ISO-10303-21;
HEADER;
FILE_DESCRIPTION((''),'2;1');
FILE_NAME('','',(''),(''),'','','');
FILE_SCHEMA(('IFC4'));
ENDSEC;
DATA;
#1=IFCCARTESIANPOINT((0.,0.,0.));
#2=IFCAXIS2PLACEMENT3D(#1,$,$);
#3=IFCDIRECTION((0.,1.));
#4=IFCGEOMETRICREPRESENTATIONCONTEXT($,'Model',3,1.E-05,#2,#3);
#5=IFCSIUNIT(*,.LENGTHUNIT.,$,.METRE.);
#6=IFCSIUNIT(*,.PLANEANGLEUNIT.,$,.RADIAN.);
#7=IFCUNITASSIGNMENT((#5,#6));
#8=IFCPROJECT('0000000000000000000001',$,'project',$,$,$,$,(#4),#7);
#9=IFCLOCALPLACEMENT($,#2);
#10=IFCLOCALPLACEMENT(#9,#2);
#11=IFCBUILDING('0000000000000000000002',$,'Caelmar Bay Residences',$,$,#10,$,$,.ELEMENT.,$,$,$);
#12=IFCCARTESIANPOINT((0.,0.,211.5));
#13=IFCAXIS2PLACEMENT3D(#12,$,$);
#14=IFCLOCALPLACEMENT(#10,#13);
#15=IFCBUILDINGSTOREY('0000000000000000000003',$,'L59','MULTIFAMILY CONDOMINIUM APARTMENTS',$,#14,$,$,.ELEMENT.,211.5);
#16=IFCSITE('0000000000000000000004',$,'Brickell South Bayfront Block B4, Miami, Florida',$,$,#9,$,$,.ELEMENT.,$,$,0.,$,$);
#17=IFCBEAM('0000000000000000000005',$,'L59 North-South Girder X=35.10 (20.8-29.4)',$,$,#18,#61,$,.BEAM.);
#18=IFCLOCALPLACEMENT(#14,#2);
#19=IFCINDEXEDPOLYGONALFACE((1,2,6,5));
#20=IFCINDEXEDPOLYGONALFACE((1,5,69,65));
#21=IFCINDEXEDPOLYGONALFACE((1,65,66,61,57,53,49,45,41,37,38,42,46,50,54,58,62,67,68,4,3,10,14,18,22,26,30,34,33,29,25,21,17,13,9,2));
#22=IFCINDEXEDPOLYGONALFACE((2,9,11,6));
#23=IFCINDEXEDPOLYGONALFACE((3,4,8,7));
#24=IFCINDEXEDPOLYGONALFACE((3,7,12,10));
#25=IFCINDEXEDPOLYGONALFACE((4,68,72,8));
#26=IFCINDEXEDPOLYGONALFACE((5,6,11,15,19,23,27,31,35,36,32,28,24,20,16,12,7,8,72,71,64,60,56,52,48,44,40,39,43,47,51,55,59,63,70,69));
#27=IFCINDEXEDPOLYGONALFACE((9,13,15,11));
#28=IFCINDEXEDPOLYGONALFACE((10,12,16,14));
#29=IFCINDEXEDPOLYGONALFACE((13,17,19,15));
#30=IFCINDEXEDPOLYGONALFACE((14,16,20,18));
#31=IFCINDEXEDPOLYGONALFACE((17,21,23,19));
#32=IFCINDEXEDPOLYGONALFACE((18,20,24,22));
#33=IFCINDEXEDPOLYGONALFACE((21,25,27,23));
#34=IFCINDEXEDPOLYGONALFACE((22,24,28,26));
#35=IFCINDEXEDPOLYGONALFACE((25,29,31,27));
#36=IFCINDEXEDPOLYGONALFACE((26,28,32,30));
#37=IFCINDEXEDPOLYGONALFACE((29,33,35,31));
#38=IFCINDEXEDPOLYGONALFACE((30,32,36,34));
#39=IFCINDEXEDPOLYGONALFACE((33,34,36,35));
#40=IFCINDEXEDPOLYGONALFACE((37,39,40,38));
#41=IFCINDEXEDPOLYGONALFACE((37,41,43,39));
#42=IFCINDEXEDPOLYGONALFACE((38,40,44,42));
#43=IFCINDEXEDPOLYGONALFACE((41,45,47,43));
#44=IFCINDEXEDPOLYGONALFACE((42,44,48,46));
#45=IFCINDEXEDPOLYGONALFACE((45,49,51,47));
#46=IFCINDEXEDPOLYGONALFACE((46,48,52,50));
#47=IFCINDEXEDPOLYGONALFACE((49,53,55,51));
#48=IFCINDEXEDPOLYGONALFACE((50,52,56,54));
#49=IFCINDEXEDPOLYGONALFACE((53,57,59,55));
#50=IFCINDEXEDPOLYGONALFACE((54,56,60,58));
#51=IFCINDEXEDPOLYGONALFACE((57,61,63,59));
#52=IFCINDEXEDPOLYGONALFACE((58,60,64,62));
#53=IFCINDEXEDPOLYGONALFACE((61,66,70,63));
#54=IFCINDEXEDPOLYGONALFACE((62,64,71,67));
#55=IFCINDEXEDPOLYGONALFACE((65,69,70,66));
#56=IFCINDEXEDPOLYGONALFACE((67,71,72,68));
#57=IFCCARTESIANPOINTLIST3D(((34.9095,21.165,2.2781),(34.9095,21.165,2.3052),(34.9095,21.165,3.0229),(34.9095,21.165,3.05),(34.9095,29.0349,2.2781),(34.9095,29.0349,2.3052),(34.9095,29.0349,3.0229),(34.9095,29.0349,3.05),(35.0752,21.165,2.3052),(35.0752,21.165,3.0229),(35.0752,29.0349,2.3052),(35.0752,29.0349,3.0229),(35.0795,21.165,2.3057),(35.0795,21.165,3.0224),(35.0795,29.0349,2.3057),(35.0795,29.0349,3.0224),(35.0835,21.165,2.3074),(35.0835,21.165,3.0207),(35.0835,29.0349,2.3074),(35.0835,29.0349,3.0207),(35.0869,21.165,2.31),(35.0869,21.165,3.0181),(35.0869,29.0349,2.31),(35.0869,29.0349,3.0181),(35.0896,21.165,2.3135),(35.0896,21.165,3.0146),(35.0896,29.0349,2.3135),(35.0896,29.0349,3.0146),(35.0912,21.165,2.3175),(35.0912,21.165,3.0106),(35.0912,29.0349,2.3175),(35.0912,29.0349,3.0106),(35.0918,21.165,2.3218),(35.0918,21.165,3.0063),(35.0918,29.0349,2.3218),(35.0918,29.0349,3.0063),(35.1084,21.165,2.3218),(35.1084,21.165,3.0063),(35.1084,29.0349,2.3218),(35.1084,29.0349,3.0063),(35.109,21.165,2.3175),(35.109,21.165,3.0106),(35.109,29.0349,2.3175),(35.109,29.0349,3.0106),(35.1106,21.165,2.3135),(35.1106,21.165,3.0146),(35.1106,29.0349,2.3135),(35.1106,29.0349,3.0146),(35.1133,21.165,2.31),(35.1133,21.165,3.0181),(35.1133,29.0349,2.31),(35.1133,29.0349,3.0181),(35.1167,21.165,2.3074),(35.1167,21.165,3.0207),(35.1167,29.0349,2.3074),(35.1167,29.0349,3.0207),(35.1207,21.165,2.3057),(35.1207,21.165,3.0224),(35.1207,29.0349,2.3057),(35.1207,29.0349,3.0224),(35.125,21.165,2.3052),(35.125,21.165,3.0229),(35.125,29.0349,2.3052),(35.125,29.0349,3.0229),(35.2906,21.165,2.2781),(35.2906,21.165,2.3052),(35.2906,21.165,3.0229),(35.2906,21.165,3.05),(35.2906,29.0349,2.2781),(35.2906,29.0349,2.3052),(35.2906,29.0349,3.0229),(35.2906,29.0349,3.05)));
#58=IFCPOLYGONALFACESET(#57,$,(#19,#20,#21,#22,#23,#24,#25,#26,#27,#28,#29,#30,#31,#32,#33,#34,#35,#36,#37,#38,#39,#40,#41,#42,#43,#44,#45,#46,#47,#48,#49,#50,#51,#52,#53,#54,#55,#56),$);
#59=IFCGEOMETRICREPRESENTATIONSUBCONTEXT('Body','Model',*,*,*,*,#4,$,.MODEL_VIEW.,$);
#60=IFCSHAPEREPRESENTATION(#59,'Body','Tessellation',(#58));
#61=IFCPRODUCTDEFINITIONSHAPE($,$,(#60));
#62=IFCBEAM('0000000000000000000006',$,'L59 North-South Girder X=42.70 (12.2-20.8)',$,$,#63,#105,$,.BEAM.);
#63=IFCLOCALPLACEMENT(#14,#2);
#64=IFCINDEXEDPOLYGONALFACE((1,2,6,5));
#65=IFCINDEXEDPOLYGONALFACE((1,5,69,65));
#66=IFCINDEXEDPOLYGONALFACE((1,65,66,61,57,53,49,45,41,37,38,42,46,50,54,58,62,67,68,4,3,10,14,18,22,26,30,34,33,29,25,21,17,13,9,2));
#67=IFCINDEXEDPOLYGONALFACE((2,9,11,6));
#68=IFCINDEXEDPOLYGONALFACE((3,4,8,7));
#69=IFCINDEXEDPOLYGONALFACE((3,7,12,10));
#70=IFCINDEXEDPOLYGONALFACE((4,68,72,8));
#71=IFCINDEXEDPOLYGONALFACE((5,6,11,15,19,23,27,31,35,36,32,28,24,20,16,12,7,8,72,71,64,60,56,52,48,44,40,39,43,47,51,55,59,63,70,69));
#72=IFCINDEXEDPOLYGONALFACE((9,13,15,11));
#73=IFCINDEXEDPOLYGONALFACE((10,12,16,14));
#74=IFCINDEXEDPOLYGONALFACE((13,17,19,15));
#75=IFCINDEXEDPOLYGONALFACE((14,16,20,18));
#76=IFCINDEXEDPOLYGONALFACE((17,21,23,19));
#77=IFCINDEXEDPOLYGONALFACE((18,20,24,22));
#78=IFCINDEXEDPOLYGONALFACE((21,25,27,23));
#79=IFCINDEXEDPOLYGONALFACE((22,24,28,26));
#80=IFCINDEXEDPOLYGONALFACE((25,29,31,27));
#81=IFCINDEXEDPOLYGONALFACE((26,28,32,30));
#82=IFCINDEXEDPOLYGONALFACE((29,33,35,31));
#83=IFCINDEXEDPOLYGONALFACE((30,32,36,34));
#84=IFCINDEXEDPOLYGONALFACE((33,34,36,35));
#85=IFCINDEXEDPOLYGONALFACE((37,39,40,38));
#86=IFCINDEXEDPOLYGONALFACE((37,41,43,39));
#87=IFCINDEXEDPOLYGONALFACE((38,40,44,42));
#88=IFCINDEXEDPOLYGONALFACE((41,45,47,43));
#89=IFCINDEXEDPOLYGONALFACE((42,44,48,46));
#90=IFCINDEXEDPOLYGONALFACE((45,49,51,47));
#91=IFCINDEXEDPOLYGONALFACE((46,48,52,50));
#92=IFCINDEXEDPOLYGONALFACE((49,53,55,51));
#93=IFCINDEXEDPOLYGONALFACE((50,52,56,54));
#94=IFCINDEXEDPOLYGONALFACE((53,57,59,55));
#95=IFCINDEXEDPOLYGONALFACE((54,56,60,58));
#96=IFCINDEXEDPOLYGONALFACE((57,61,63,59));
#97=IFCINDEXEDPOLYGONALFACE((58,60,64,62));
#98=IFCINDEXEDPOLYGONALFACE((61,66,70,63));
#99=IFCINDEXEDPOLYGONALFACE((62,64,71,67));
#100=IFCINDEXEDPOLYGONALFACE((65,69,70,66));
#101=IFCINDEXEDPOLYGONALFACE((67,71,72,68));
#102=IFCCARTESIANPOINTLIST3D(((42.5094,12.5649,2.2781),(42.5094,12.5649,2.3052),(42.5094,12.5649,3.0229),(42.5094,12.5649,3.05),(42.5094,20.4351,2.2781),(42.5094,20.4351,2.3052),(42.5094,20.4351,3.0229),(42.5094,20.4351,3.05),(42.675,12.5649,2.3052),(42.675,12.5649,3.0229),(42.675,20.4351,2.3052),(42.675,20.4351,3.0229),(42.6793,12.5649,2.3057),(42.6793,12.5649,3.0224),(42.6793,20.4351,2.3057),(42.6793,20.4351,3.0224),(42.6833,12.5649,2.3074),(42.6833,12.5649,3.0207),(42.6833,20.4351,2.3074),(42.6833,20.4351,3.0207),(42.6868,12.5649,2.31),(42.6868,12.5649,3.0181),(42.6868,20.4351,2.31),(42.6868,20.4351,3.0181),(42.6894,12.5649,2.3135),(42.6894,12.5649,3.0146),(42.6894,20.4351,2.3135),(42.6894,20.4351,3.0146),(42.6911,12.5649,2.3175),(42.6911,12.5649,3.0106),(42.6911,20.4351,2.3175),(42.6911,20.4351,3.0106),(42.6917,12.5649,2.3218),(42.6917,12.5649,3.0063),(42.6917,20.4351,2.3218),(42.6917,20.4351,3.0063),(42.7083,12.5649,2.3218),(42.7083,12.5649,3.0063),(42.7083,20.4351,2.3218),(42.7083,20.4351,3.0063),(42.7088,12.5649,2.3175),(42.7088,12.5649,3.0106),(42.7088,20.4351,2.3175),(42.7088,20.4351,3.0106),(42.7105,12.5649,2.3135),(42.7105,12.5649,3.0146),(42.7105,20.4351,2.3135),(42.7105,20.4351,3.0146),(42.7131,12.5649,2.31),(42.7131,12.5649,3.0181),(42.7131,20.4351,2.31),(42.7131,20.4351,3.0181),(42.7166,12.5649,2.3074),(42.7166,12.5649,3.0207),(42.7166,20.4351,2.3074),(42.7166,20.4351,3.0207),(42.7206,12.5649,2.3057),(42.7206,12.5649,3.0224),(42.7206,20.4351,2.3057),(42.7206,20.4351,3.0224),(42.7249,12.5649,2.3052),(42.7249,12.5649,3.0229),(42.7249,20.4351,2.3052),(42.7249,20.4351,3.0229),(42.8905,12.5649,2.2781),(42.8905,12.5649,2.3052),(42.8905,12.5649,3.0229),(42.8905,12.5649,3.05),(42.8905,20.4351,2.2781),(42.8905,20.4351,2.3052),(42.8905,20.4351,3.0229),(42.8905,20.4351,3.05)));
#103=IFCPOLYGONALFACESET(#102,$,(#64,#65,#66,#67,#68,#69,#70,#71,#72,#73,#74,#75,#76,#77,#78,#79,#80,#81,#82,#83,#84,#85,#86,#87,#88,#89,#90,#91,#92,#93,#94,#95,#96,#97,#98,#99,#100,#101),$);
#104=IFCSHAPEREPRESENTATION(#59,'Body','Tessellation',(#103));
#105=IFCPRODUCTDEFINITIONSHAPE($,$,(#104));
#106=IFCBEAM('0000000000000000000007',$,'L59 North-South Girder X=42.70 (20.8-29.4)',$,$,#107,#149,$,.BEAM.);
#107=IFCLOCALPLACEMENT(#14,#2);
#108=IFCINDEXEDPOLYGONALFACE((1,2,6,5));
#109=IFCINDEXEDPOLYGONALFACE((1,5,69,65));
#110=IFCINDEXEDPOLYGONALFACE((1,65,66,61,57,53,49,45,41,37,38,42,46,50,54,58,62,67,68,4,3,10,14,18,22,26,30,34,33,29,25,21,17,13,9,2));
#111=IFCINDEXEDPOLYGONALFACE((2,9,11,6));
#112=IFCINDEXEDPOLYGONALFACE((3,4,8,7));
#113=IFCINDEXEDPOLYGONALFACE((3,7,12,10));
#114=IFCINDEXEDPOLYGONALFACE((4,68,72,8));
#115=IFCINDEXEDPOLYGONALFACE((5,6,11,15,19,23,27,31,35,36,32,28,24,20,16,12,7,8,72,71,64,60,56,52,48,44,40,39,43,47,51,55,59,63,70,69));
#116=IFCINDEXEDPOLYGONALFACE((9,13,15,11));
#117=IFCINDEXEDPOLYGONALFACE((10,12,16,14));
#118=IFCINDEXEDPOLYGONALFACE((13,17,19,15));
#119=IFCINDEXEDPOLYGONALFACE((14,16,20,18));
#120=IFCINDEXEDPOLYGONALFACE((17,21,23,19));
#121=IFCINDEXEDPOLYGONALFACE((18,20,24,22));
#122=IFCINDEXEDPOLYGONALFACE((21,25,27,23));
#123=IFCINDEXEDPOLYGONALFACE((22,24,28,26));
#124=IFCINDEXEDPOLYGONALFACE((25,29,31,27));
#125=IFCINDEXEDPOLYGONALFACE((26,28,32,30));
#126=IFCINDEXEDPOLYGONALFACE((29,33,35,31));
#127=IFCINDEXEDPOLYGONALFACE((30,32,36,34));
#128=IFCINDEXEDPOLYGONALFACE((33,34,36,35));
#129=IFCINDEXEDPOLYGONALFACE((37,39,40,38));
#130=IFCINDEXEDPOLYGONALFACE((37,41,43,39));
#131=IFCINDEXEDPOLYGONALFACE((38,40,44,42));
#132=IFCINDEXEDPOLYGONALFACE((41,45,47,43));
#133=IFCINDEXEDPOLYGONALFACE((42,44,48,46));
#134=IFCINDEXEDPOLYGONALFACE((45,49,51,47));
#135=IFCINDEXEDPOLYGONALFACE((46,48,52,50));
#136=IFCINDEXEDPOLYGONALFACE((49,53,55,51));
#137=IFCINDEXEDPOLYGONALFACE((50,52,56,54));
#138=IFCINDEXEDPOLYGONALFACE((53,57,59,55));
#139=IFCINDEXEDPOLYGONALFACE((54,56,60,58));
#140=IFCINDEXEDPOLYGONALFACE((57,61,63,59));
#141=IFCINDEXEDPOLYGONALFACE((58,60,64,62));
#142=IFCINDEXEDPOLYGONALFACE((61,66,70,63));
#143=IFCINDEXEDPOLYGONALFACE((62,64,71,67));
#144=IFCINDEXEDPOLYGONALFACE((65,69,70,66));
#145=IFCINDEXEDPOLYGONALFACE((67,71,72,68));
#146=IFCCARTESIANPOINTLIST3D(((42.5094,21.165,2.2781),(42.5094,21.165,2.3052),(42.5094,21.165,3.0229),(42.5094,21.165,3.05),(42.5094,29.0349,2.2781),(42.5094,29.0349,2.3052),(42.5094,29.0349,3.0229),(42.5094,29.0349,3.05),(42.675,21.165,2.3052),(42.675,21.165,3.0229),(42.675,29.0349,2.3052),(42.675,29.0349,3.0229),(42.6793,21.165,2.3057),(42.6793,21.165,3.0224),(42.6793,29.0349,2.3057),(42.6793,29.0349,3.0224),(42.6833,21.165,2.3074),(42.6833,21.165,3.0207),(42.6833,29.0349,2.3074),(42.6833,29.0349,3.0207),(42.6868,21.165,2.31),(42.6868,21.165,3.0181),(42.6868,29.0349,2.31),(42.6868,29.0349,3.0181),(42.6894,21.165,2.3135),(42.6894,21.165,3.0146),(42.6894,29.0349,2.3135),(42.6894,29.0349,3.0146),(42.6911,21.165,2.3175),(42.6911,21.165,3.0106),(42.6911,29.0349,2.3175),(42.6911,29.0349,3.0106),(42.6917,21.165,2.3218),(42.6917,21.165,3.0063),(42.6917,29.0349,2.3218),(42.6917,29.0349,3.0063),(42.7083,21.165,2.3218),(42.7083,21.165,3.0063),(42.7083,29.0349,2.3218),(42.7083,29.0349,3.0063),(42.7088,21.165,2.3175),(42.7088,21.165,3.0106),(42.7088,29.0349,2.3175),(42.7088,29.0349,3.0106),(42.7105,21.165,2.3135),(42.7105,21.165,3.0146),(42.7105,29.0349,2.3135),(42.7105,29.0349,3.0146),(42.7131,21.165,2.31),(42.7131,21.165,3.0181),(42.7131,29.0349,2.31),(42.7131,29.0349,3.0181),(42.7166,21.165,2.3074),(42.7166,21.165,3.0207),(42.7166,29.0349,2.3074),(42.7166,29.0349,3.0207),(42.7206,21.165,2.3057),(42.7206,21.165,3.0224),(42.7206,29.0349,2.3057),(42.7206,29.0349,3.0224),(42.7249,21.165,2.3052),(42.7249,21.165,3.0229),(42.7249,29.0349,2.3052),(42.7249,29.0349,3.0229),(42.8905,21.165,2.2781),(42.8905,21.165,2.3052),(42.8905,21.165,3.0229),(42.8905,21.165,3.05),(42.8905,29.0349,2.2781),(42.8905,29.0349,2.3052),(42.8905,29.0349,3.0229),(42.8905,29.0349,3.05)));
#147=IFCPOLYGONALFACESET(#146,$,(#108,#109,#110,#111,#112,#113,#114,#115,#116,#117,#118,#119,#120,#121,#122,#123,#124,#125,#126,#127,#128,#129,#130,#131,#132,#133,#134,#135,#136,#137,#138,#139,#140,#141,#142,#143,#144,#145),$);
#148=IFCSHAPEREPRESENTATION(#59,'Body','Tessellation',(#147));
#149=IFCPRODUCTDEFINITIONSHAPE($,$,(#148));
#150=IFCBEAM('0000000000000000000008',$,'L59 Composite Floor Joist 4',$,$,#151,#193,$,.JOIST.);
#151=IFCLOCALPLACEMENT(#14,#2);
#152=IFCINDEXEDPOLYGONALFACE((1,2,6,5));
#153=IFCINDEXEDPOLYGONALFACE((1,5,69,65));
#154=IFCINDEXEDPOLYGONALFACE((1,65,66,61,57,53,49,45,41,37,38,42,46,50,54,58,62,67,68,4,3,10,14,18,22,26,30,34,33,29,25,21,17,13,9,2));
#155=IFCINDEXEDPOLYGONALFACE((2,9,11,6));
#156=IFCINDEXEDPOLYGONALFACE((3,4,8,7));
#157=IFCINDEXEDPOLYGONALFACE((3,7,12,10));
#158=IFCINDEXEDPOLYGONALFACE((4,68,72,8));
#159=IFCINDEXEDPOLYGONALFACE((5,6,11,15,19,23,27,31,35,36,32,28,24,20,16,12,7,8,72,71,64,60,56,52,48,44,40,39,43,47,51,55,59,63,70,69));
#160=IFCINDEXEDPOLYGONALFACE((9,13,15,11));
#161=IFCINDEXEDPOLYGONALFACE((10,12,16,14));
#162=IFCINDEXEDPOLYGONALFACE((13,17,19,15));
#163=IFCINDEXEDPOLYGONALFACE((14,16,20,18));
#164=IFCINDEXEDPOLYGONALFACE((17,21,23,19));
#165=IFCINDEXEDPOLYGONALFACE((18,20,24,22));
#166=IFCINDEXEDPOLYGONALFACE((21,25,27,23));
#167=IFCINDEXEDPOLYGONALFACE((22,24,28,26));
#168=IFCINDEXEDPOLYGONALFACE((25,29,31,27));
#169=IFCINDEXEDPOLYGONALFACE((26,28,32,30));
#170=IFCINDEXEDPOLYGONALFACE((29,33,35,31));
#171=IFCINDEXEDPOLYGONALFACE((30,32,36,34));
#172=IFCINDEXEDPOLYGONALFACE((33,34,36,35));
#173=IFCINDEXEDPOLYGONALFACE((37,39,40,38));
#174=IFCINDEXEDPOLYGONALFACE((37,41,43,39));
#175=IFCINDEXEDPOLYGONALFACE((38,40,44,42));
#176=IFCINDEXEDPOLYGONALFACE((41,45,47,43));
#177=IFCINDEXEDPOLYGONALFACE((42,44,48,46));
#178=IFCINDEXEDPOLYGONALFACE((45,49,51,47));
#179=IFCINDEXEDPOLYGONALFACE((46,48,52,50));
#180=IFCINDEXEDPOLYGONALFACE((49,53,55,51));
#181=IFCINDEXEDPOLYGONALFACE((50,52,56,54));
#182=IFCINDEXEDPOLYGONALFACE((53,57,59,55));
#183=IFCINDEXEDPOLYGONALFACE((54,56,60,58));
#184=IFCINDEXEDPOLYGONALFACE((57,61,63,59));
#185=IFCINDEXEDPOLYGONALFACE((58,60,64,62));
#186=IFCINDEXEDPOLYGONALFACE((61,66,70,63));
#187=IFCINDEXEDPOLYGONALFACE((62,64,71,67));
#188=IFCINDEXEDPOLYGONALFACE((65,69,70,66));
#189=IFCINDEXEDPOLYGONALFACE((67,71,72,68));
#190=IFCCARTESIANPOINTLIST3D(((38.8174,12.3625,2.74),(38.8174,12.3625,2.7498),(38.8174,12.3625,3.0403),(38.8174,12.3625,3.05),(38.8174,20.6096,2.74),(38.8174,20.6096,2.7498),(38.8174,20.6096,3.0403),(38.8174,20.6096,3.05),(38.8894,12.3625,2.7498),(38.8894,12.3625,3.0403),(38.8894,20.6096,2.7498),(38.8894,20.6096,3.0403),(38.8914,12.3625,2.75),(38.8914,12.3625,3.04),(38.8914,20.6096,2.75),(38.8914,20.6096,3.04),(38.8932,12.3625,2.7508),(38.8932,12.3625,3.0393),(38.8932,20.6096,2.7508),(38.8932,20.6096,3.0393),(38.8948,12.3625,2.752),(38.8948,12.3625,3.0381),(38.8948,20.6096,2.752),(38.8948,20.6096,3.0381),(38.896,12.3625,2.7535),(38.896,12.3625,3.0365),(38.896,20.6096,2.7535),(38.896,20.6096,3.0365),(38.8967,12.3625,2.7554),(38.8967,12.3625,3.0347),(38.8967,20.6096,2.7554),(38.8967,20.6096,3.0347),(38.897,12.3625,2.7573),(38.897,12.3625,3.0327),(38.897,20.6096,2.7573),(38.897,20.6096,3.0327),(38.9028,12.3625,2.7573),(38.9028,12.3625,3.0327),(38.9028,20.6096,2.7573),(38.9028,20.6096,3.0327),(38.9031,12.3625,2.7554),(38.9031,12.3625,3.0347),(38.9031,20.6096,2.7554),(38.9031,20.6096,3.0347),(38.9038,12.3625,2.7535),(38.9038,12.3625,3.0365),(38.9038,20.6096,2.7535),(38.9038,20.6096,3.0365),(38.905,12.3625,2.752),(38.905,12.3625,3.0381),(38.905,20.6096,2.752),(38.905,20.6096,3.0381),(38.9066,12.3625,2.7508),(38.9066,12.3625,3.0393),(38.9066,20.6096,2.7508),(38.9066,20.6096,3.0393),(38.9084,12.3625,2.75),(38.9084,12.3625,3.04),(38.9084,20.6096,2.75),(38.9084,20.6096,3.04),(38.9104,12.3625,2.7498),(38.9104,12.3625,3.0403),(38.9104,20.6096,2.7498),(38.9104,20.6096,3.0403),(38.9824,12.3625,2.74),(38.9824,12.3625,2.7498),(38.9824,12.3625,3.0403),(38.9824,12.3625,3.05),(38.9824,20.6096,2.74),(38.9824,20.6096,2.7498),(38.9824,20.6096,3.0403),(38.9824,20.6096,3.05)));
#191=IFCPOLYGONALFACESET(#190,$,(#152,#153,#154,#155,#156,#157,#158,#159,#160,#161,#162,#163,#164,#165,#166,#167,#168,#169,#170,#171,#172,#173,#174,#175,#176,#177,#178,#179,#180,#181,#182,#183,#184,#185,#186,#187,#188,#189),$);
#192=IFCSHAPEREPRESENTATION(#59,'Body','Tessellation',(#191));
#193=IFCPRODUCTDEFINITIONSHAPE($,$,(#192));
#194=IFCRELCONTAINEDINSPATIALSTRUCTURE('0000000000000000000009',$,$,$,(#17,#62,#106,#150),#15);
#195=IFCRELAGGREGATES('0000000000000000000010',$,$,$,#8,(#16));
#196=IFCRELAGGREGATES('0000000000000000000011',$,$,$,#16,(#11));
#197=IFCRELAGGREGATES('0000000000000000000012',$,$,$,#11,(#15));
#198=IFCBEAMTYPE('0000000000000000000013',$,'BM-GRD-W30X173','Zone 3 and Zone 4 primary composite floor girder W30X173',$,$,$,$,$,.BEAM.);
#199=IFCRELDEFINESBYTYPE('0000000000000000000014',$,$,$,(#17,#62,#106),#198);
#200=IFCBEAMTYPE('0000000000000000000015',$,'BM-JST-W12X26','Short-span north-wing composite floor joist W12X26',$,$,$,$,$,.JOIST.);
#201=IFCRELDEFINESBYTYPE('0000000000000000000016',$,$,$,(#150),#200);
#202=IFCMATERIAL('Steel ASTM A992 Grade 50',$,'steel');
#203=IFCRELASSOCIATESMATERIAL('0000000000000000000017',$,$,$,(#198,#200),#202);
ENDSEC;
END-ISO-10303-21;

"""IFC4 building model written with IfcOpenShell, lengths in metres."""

from ifc_helpers import new_model, si_unit, direction, frame, origin, origin_2d, place, context, subcontext, project, spatial, i_section, extrude, material, material_profile, profile_set, type_object, element, save


model = new_model("IFC4")

# Units and contexts
model_context = context("Model", 3, precision=1e-05, world=origin(), true_north=direction((0.0, 1.0)))
body_context = subcontext(model_context, "Body", "Model", "MODEL_VIEW")
ifc_project = project(units=[si_unit("LENGTHUNIT", "METRE"), si_unit("PLANEANGLEUNIT", "RADIAN")], contexts=[model_context])

# Site, building, storey
site_placement = place(None, origin())
site = spatial("IfcSite", under=ifc_project, at=site_placement, Name="Brickell South Bayfront Block B4, Miami, Florida", CompositionType="ELEMENT", RefElevation=0.0)
building_placement = place(site_placement, origin())
building = spatial("IfcBuilding", under=site, at=building_placement, Name="Caelmar Bay Residences", CompositionType="ELEMENT")
storey_placement = place(building_placement, frame((0.0, 0.0, 211.5)))
storey = spatial("IfcBuildingStorey", under=building, at=storey_placement, Name="L59", Description="MULTIFAMILY CONDOMINIUM APARTMENTS", CompositionType="ELEMENT", Elevation=211.5)

# Beams
ifc_material_1 = material(Name="Steel ASTM A992 Grade 50", Category="steel")
ifc_material_profile_1 = material_profile(ifc_material_1, i_section(OverallWidth=0.3811, OverallDepth=0.772, WebThickness=0.0166, FlangeThickness=0.0271, FilletRadius=0.0166, at=origin_2d()), Name="W30X173")
ifc_profile_set_1 = profile_set([ifc_material_profile_1], Name="Steel ASTM A992 Grade 50")
beam_type_1 = type_object("IfcBeamType", Name="BM-GRD-W30X173", Description="Zone 3 and Zone 4 primary composite floor girder W30X173", PredefinedType="BEAM", material=ifc_profile_set_1)
beam_1_placement = place(storey_placement, frame((35.1001, 21.165, 2.6641), z_axis=(0.0, 1.0, 0.0), x_axis=(-1.0, 0.0, 0.0)))
element("IfcBeam", 1, at=beam_1_placement, inside=storey, type_object=beam_type_1, Name="L59 North-South Girder X=35.10 (20.8-29.4)", PredefinedType="BEAM", context=body_context, shape_type="SweptSolid", body=[
    extrude(i_section(OverallWidth=0.3811, OverallDepth=0.772, WebThickness=0.0166, FlangeThickness=0.0271, FilletRadius=0.0166, at=origin_2d()), origin(), (0.0, 0.0, 1.0), 7.8699),
])
beam_2_placement = place(storey_placement, frame((42.7, 12.5649, 2.6641), z_axis=(0.0, 1.0, 0.0), x_axis=(-1.0, 0.0, 0.0)))
element("IfcBeam", 2, at=beam_2_placement, inside=storey, type_object=beam_type_1, Name="L59 North-South Girder X=42.70 (12.2-20.8)", PredefinedType="BEAM", context=body_context, shape_type="SweptSolid", body=[
    extrude(i_section(OverallWidth=0.3811, OverallDepth=0.772, WebThickness=0.0166, FlangeThickness=0.0271, FilletRadius=0.0166, at=origin_2d()), origin(), (0.0, 0.0, 1.0), 7.8701),
])
beam_3_placement = place(storey_placement, frame((42.7, 21.165, 2.6641), z_axis=(0.0, 1.0, 0.0), x_axis=(-1.0, 0.0, 0.0)))
element("IfcBeam", 3, at=beam_3_placement, inside=storey, type_object=beam_type_1, Name="L59 North-South Girder X=42.70 (20.8-29.4)", PredefinedType="BEAM", context=body_context, shape_type="SweptSolid", body=[
    extrude(i_section(OverallWidth=0.3811, OverallDepth=0.772, WebThickness=0.0166, FlangeThickness=0.0271, FilletRadius=0.0166, at=origin_2d()), origin(), (0.0, 0.0, 1.0), 7.8699),
])
ifc_material_profile_2 = material_profile(ifc_material_1, i_section(OverallWidth=0.165, OverallDepth=0.3101, WebThickness=0.0059, FlangeThickness=0.0098, FilletRadius=0.0076, at=origin_2d()), Name="W12X26")
ifc_profile_set_2 = profile_set([ifc_material_profile_2], Name="Steel ASTM A992 Grade 50")
beam_type_2 = type_object("IfcBeamType", Name="BM-JST-W12X26", Description="Short-span north-wing composite floor joist W12X26", PredefinedType="JOIST", material=ifc_profile_set_2)
for number, where, z_axis, x_axis, name in (
    (4, (38.8999, 12.3625, 2.895), (0.0, 1.0, 0.0), (-1.0, 0.0, 0.0), "L59 Composite Floor Joist 4"),
):
    element("IfcBeam", number, at=place(storey_placement, frame(where, z_axis=z_axis, x_axis=x_axis)), inside=storey, type_object=beam_type_2, Name=name, PredefinedType="JOIST", context=body_context, shape_type="SweptSolid", body=[
        extrude(i_section(OverallWidth=0.165, OverallDepth=0.3101, WebThickness=0.0059, FlangeThickness=0.0098, FilletRadius=0.0076, at=origin_2d()), origin(), (0.0, 0.0, 1.0), 8.2471),
    ])

save(model, "model.ifc")
